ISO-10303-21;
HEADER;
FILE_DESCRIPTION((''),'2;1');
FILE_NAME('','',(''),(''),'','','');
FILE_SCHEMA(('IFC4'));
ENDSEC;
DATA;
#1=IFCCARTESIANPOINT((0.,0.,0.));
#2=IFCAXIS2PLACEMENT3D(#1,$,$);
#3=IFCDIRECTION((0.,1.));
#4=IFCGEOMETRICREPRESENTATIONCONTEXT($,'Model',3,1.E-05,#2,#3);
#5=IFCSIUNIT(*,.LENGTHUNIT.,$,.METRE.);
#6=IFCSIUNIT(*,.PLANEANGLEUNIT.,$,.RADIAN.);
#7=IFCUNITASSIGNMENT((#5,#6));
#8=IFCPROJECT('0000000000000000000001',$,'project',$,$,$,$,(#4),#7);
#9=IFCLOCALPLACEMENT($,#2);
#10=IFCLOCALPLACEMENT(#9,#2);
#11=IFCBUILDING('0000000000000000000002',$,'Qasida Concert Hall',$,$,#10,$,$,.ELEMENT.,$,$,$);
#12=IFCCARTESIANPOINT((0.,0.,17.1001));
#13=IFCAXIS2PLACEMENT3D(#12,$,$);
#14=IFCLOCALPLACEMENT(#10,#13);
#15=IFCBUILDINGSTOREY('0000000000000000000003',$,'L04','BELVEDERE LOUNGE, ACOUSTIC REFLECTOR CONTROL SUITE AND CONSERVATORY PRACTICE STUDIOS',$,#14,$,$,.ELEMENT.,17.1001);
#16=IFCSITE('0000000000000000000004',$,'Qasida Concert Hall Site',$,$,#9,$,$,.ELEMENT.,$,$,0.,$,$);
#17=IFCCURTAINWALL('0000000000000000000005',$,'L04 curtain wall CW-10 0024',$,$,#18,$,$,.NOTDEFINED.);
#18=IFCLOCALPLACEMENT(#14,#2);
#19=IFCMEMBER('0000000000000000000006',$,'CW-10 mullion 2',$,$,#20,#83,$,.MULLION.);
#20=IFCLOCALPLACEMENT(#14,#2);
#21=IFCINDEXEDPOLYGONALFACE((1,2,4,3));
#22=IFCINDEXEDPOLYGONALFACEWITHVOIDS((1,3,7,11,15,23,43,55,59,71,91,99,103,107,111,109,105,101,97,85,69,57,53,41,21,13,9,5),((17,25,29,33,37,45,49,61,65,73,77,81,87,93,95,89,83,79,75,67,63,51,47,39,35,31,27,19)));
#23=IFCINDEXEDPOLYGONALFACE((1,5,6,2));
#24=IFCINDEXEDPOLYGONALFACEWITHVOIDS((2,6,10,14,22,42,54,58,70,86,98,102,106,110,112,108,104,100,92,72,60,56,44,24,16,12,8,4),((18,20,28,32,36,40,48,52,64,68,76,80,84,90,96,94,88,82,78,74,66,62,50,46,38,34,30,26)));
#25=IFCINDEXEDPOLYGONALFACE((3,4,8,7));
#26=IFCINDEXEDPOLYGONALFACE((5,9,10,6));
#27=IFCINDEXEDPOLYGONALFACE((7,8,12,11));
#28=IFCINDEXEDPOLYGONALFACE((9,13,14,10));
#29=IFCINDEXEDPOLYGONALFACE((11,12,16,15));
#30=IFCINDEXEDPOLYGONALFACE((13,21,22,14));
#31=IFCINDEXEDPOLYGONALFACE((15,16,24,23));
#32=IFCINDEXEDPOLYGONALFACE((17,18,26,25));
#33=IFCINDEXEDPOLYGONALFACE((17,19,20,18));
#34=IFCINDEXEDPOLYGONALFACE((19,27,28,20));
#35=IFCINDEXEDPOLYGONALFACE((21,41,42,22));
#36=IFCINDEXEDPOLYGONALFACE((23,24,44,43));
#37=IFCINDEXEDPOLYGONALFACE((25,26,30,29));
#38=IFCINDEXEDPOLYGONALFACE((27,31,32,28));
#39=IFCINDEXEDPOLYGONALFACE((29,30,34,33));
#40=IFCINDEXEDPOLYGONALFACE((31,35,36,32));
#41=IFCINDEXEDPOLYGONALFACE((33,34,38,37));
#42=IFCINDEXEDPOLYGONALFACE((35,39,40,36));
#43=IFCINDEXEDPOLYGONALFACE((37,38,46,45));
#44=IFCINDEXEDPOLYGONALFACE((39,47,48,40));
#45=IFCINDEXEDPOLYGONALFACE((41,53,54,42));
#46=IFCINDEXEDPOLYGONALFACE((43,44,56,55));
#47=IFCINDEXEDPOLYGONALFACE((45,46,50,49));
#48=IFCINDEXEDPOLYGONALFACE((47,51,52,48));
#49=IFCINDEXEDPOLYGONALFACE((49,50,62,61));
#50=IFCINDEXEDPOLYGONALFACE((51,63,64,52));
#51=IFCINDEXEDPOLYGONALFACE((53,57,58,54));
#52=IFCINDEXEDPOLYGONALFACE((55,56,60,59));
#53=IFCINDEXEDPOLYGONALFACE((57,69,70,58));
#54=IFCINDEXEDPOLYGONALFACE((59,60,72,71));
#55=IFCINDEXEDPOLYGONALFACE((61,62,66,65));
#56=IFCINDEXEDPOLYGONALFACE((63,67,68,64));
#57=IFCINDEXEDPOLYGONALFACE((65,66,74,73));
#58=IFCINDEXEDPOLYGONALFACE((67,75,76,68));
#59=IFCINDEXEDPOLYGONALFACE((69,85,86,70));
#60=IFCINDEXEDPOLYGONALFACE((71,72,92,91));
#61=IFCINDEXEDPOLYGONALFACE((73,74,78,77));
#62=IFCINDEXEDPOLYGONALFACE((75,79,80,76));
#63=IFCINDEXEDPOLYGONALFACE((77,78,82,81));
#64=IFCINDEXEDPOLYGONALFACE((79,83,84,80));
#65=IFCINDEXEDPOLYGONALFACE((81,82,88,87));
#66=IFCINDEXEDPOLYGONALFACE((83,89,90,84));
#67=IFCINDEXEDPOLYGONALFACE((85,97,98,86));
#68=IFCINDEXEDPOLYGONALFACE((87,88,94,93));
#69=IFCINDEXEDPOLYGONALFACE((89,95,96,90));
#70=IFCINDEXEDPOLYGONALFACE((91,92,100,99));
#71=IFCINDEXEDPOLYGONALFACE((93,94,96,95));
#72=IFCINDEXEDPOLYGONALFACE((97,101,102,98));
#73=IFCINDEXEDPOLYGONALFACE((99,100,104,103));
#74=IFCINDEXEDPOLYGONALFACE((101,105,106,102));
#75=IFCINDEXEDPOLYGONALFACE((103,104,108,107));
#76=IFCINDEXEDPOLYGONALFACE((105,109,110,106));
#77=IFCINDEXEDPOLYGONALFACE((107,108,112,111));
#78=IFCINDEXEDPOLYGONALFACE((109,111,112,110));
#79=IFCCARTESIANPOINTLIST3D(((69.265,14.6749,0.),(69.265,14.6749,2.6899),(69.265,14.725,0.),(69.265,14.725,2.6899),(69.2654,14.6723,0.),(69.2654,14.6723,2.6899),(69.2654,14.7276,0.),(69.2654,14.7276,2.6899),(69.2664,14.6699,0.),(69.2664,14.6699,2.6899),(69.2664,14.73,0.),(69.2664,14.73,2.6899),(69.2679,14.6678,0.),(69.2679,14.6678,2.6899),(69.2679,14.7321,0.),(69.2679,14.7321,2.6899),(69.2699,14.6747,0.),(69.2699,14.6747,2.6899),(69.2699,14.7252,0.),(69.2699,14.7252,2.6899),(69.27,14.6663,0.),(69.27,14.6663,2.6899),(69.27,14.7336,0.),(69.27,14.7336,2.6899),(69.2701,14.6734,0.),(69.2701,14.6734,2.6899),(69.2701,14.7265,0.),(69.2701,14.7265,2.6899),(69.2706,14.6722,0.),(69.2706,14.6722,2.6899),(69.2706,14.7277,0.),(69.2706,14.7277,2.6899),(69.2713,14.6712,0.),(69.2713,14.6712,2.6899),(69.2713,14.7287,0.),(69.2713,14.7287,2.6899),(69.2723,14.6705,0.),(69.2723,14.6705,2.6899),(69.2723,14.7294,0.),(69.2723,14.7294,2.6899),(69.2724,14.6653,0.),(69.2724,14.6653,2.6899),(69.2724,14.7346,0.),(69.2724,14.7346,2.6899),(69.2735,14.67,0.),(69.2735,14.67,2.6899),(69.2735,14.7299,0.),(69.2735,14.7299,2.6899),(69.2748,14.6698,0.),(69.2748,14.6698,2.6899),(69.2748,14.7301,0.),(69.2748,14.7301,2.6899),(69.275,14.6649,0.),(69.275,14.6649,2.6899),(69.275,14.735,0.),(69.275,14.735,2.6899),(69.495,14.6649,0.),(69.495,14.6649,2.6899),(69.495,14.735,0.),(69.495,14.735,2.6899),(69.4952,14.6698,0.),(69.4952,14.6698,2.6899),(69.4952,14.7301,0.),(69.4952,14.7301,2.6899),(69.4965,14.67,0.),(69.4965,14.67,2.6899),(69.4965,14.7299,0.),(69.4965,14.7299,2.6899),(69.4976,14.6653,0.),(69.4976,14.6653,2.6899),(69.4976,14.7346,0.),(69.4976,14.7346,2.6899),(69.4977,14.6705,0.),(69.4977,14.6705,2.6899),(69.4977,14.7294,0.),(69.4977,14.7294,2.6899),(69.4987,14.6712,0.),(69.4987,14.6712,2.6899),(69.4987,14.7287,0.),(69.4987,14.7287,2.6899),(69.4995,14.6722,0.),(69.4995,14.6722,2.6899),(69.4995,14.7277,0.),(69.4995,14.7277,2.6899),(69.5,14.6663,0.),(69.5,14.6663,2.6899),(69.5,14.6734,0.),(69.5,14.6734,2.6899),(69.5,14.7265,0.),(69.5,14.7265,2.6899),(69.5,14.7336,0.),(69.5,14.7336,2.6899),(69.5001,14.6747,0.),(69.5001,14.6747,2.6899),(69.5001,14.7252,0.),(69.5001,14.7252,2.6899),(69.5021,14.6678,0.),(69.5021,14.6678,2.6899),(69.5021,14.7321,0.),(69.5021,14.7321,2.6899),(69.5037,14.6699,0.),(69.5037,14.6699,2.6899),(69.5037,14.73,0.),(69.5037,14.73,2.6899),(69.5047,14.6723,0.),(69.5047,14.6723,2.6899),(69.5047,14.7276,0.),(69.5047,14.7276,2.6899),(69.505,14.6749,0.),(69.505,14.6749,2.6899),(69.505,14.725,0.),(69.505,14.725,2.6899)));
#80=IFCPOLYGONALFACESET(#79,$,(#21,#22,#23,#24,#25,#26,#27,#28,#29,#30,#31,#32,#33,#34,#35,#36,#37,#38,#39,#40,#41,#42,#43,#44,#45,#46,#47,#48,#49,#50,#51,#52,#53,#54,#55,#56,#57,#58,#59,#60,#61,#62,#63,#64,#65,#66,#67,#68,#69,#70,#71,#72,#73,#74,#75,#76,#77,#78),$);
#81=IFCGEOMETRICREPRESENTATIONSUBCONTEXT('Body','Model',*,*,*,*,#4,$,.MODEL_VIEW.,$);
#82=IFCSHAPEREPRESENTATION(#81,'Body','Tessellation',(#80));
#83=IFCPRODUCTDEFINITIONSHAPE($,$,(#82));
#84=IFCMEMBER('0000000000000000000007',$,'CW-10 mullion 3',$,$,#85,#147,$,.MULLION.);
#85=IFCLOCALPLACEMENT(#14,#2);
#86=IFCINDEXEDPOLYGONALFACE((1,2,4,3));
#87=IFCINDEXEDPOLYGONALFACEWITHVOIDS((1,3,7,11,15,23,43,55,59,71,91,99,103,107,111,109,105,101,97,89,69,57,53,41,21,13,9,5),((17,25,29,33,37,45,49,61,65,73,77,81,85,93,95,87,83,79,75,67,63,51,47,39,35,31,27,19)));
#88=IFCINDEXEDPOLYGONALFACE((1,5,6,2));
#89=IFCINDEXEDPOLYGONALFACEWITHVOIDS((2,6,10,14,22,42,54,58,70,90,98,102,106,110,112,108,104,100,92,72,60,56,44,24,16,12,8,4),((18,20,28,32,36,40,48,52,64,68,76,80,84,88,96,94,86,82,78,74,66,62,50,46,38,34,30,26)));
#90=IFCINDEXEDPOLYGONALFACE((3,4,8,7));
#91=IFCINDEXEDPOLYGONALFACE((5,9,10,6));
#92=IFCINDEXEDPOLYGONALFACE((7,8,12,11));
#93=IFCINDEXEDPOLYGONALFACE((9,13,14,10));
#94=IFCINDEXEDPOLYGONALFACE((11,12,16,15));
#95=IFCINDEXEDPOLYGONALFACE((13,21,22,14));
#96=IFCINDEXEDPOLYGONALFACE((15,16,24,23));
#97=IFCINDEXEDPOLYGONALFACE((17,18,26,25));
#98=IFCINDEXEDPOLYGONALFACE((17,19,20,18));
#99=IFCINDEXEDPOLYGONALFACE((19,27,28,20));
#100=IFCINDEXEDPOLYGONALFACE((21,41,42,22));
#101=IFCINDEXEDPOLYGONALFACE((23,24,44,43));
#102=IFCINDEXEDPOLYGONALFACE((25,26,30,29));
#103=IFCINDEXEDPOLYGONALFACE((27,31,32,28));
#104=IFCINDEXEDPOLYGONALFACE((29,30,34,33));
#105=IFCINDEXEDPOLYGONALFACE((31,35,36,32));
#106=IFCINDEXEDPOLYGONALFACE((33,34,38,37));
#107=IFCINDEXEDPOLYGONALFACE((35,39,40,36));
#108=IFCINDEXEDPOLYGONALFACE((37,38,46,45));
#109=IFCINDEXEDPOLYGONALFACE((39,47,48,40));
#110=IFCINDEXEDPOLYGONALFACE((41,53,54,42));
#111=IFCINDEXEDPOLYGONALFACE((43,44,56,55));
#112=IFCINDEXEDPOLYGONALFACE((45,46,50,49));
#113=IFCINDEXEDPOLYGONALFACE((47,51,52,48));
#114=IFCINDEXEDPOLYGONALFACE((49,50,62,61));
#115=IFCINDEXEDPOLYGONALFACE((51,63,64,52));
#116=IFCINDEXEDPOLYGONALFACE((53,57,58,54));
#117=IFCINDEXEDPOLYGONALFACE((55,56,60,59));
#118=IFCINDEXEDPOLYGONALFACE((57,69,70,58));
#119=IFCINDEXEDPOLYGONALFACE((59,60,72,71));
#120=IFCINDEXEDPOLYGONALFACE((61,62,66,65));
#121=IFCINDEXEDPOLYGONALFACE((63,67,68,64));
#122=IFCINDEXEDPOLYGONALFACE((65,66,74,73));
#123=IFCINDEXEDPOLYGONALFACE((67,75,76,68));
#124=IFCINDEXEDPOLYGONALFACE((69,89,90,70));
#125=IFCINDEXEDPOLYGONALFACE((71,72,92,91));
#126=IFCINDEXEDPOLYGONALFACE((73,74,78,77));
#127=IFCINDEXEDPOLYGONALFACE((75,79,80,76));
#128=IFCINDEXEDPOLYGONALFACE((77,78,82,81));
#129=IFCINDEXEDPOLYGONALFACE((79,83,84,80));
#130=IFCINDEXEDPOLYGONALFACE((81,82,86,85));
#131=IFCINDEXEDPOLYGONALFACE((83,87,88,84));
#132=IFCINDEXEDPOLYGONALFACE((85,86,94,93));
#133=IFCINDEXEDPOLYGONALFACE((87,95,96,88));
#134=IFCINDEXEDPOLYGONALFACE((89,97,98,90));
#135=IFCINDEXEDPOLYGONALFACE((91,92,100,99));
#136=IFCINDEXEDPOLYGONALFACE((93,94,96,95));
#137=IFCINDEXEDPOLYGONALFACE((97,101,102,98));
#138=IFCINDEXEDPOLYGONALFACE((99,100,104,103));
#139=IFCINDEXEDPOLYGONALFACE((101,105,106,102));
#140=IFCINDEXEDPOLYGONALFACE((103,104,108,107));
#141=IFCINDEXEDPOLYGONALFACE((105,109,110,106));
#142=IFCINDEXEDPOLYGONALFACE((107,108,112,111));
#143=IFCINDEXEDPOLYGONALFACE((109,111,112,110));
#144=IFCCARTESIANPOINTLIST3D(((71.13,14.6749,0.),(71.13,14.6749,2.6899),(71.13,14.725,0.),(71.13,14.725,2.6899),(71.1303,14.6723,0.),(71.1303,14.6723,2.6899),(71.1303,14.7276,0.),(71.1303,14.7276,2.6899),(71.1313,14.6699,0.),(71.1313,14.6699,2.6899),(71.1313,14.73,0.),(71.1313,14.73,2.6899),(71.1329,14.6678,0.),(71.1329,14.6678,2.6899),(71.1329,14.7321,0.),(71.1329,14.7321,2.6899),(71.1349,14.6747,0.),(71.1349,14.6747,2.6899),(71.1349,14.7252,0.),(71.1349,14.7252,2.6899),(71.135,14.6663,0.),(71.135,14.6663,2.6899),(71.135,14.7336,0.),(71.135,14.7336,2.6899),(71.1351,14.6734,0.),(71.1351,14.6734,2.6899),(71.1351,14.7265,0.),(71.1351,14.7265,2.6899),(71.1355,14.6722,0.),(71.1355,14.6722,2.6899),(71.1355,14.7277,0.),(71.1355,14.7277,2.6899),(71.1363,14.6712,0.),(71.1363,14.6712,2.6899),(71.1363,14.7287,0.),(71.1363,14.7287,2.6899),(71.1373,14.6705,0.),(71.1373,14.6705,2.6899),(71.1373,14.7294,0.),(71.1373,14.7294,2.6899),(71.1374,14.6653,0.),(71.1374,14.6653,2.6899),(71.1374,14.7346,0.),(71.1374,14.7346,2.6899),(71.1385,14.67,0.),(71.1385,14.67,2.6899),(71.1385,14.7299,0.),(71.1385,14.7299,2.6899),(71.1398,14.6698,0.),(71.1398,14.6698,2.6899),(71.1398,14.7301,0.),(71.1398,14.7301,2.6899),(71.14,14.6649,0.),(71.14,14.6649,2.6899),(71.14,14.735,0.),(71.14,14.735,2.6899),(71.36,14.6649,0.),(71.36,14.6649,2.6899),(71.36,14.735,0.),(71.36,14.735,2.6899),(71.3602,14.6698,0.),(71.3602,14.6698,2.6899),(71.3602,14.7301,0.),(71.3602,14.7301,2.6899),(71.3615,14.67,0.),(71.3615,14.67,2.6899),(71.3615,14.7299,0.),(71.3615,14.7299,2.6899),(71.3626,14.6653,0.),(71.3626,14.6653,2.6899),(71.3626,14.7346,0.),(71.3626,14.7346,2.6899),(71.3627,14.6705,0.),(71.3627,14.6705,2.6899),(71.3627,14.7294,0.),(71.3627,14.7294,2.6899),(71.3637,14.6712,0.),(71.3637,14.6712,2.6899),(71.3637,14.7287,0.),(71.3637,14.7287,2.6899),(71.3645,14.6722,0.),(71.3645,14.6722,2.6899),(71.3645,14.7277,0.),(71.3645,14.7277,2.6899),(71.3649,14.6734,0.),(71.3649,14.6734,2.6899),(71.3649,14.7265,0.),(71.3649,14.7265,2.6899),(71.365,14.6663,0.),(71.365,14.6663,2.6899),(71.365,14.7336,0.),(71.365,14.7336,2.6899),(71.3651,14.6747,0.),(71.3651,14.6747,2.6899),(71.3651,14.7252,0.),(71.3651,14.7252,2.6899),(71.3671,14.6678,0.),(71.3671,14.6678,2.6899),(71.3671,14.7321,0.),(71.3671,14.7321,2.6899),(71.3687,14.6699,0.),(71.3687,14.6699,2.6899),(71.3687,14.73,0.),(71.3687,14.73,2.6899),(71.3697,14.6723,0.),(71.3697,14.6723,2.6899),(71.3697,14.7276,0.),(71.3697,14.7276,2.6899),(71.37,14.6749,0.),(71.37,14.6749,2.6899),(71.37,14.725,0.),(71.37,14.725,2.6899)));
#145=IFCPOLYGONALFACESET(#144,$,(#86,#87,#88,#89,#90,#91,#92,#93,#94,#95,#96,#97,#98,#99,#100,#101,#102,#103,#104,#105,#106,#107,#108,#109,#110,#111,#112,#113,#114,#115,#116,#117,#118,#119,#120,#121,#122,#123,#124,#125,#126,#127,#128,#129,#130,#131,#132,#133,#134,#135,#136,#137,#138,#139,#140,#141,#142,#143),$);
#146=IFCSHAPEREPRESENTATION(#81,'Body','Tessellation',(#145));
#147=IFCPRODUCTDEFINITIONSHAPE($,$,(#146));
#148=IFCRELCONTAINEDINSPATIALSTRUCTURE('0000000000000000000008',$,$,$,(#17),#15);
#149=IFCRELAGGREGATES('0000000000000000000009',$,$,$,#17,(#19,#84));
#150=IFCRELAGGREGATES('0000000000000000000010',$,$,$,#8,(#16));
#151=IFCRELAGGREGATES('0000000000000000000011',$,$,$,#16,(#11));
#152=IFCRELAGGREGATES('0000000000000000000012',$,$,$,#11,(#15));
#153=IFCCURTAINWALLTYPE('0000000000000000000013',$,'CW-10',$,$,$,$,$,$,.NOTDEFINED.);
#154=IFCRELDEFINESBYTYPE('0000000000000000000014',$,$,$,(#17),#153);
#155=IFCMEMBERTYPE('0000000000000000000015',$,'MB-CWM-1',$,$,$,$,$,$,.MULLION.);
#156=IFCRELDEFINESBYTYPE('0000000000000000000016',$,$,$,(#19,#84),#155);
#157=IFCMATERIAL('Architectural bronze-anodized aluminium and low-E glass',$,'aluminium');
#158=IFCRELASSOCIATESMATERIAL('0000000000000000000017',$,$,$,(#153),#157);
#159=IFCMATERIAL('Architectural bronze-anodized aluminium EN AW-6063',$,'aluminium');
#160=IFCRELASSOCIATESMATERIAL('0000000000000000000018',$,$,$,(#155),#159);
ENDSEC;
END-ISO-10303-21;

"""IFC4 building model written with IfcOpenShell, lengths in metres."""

from ifc_helpers import new_model, si_unit, direction, frame, origin, origin_2d, place, context, subcontext, project, spatial, hollow_rectangle, extrude, material, material_profile, profile_set, type_object, element, aggregate, save


model = new_model("IFC4")

# Units and contexts
model_context = context("Model", 3, precision=1e-05, world=origin(), true_north=direction((0.0, 1.0)))
body_context = subcontext(model_context, "Body", "Model", "MODEL_VIEW")
ifc_project = project(units=[si_unit("LENGTHUNIT", "METRE"), si_unit("PLANEANGLEUNIT", "RADIAN")], contexts=[model_context])

# Site, building, storey
site_placement = place(None, origin())
site = spatial("IfcSite", under=ifc_project, at=site_placement, Name="Qasida Concert Hall Site", CompositionType="ELEMENT", RefElevation=0.0)
building_placement = place(site_placement, origin())
building = spatial("IfcBuilding", under=site, at=building_placement, Name="Qasida Concert Hall", CompositionType="ELEMENT")
storey_placement = place(building_placement, frame((0.0, 0.0, 17.1001)))
storey = spatial("IfcBuildingStorey", under=building, at=storey_placement, Name="L04", Description="BELVEDERE LOUNGE, ACOUSTIC REFLECTOR CONTROL SUITE AND CONSERVATORY PRACTICE STUDIOS", CompositionType="ELEMENT", Elevation=17.1001)

# Curtain wall, members
ifc_material_1 = material(Name="Architectural bronze-anodized aluminium and low-E glass", Category="aluminium")
curtain_wall_type = type_object("IfcCurtainWallType", Name="CW-10", PredefinedType="NOTDEFINED", material=ifc_material_1)
curtain_wall_placement = place(storey_placement, origin())
curtain_wall = element("IfcCurtainWall", 1, at=curtain_wall_placement, inside=storey, type_object=curtain_wall_type, Name="L04 curtain wall CW-10 0024", PredefinedType="NOTDEFINED")
ifc_material_2 = material(Name="Architectural bronze-anodized aluminium EN AW-6063", Category="aluminium")
ifc_material_profile_1 = material_profile(ifc_material_2, hollow_rectangle(XDim=0.0701, YDim=0.24, WallThickness=0.0049, InnerFilletRadius=0.0049, OuterFilletRadius=0.01, at=origin_2d()), Name="CWM 240x70x5")
ifc_profile_set_1 = profile_set([ifc_material_profile_1], Name="Architectural bronze-anodized aluminium EN AW-6063")
member_type_1 = type_object("IfcMemberType", Name="MB-CWM-1", PredefinedType="MULLION", material=ifc_profile_set_1)
member_1_placement = place(storey_placement, frame((69.385, 14.7, 0.0), z_axis=(0.0, 0.0, 1.0), x_axis=(0.0, 1.0, 0.0)))
member_1 = element("IfcMember", 2, at=member_1_placement, type_object=member_type_1, Name="CW-10 mullion 2", PredefinedType="MULLION", context=body_context, shape_type="SweptSolid", body=[
    extrude(hollow_rectangle(XDim=0.0701, YDim=0.24, WallThickness=0.0049, InnerFilletRadius=0.0049, OuterFilletRadius=0.01, at=origin_2d()), origin(), (0.0, 0.0, 1.0), 2.6899),
])
member_2_placement = place(storey_placement, frame((71.25, 14.7, 0.0), z_axis=(0.0, 0.0, 1.0), x_axis=(0.0, 1.0, 0.0)))
member_2 = element("IfcMember", 3, at=member_2_placement, type_object=member_type_1, Name="CW-10 mullion 3", PredefinedType="MULLION", context=body_context, shape_type="SweptSolid", body=[
    extrude(hollow_rectangle(XDim=0.0701, YDim=0.24, WallThickness=0.0049, InnerFilletRadius=0.0049, OuterFilletRadius=0.01, at=origin_2d()), origin(), (0.0, 0.0, 1.0), 2.6899),
])
aggregate(curtain_wall, [member_1, member_2])

save(model, "model.ifc")
